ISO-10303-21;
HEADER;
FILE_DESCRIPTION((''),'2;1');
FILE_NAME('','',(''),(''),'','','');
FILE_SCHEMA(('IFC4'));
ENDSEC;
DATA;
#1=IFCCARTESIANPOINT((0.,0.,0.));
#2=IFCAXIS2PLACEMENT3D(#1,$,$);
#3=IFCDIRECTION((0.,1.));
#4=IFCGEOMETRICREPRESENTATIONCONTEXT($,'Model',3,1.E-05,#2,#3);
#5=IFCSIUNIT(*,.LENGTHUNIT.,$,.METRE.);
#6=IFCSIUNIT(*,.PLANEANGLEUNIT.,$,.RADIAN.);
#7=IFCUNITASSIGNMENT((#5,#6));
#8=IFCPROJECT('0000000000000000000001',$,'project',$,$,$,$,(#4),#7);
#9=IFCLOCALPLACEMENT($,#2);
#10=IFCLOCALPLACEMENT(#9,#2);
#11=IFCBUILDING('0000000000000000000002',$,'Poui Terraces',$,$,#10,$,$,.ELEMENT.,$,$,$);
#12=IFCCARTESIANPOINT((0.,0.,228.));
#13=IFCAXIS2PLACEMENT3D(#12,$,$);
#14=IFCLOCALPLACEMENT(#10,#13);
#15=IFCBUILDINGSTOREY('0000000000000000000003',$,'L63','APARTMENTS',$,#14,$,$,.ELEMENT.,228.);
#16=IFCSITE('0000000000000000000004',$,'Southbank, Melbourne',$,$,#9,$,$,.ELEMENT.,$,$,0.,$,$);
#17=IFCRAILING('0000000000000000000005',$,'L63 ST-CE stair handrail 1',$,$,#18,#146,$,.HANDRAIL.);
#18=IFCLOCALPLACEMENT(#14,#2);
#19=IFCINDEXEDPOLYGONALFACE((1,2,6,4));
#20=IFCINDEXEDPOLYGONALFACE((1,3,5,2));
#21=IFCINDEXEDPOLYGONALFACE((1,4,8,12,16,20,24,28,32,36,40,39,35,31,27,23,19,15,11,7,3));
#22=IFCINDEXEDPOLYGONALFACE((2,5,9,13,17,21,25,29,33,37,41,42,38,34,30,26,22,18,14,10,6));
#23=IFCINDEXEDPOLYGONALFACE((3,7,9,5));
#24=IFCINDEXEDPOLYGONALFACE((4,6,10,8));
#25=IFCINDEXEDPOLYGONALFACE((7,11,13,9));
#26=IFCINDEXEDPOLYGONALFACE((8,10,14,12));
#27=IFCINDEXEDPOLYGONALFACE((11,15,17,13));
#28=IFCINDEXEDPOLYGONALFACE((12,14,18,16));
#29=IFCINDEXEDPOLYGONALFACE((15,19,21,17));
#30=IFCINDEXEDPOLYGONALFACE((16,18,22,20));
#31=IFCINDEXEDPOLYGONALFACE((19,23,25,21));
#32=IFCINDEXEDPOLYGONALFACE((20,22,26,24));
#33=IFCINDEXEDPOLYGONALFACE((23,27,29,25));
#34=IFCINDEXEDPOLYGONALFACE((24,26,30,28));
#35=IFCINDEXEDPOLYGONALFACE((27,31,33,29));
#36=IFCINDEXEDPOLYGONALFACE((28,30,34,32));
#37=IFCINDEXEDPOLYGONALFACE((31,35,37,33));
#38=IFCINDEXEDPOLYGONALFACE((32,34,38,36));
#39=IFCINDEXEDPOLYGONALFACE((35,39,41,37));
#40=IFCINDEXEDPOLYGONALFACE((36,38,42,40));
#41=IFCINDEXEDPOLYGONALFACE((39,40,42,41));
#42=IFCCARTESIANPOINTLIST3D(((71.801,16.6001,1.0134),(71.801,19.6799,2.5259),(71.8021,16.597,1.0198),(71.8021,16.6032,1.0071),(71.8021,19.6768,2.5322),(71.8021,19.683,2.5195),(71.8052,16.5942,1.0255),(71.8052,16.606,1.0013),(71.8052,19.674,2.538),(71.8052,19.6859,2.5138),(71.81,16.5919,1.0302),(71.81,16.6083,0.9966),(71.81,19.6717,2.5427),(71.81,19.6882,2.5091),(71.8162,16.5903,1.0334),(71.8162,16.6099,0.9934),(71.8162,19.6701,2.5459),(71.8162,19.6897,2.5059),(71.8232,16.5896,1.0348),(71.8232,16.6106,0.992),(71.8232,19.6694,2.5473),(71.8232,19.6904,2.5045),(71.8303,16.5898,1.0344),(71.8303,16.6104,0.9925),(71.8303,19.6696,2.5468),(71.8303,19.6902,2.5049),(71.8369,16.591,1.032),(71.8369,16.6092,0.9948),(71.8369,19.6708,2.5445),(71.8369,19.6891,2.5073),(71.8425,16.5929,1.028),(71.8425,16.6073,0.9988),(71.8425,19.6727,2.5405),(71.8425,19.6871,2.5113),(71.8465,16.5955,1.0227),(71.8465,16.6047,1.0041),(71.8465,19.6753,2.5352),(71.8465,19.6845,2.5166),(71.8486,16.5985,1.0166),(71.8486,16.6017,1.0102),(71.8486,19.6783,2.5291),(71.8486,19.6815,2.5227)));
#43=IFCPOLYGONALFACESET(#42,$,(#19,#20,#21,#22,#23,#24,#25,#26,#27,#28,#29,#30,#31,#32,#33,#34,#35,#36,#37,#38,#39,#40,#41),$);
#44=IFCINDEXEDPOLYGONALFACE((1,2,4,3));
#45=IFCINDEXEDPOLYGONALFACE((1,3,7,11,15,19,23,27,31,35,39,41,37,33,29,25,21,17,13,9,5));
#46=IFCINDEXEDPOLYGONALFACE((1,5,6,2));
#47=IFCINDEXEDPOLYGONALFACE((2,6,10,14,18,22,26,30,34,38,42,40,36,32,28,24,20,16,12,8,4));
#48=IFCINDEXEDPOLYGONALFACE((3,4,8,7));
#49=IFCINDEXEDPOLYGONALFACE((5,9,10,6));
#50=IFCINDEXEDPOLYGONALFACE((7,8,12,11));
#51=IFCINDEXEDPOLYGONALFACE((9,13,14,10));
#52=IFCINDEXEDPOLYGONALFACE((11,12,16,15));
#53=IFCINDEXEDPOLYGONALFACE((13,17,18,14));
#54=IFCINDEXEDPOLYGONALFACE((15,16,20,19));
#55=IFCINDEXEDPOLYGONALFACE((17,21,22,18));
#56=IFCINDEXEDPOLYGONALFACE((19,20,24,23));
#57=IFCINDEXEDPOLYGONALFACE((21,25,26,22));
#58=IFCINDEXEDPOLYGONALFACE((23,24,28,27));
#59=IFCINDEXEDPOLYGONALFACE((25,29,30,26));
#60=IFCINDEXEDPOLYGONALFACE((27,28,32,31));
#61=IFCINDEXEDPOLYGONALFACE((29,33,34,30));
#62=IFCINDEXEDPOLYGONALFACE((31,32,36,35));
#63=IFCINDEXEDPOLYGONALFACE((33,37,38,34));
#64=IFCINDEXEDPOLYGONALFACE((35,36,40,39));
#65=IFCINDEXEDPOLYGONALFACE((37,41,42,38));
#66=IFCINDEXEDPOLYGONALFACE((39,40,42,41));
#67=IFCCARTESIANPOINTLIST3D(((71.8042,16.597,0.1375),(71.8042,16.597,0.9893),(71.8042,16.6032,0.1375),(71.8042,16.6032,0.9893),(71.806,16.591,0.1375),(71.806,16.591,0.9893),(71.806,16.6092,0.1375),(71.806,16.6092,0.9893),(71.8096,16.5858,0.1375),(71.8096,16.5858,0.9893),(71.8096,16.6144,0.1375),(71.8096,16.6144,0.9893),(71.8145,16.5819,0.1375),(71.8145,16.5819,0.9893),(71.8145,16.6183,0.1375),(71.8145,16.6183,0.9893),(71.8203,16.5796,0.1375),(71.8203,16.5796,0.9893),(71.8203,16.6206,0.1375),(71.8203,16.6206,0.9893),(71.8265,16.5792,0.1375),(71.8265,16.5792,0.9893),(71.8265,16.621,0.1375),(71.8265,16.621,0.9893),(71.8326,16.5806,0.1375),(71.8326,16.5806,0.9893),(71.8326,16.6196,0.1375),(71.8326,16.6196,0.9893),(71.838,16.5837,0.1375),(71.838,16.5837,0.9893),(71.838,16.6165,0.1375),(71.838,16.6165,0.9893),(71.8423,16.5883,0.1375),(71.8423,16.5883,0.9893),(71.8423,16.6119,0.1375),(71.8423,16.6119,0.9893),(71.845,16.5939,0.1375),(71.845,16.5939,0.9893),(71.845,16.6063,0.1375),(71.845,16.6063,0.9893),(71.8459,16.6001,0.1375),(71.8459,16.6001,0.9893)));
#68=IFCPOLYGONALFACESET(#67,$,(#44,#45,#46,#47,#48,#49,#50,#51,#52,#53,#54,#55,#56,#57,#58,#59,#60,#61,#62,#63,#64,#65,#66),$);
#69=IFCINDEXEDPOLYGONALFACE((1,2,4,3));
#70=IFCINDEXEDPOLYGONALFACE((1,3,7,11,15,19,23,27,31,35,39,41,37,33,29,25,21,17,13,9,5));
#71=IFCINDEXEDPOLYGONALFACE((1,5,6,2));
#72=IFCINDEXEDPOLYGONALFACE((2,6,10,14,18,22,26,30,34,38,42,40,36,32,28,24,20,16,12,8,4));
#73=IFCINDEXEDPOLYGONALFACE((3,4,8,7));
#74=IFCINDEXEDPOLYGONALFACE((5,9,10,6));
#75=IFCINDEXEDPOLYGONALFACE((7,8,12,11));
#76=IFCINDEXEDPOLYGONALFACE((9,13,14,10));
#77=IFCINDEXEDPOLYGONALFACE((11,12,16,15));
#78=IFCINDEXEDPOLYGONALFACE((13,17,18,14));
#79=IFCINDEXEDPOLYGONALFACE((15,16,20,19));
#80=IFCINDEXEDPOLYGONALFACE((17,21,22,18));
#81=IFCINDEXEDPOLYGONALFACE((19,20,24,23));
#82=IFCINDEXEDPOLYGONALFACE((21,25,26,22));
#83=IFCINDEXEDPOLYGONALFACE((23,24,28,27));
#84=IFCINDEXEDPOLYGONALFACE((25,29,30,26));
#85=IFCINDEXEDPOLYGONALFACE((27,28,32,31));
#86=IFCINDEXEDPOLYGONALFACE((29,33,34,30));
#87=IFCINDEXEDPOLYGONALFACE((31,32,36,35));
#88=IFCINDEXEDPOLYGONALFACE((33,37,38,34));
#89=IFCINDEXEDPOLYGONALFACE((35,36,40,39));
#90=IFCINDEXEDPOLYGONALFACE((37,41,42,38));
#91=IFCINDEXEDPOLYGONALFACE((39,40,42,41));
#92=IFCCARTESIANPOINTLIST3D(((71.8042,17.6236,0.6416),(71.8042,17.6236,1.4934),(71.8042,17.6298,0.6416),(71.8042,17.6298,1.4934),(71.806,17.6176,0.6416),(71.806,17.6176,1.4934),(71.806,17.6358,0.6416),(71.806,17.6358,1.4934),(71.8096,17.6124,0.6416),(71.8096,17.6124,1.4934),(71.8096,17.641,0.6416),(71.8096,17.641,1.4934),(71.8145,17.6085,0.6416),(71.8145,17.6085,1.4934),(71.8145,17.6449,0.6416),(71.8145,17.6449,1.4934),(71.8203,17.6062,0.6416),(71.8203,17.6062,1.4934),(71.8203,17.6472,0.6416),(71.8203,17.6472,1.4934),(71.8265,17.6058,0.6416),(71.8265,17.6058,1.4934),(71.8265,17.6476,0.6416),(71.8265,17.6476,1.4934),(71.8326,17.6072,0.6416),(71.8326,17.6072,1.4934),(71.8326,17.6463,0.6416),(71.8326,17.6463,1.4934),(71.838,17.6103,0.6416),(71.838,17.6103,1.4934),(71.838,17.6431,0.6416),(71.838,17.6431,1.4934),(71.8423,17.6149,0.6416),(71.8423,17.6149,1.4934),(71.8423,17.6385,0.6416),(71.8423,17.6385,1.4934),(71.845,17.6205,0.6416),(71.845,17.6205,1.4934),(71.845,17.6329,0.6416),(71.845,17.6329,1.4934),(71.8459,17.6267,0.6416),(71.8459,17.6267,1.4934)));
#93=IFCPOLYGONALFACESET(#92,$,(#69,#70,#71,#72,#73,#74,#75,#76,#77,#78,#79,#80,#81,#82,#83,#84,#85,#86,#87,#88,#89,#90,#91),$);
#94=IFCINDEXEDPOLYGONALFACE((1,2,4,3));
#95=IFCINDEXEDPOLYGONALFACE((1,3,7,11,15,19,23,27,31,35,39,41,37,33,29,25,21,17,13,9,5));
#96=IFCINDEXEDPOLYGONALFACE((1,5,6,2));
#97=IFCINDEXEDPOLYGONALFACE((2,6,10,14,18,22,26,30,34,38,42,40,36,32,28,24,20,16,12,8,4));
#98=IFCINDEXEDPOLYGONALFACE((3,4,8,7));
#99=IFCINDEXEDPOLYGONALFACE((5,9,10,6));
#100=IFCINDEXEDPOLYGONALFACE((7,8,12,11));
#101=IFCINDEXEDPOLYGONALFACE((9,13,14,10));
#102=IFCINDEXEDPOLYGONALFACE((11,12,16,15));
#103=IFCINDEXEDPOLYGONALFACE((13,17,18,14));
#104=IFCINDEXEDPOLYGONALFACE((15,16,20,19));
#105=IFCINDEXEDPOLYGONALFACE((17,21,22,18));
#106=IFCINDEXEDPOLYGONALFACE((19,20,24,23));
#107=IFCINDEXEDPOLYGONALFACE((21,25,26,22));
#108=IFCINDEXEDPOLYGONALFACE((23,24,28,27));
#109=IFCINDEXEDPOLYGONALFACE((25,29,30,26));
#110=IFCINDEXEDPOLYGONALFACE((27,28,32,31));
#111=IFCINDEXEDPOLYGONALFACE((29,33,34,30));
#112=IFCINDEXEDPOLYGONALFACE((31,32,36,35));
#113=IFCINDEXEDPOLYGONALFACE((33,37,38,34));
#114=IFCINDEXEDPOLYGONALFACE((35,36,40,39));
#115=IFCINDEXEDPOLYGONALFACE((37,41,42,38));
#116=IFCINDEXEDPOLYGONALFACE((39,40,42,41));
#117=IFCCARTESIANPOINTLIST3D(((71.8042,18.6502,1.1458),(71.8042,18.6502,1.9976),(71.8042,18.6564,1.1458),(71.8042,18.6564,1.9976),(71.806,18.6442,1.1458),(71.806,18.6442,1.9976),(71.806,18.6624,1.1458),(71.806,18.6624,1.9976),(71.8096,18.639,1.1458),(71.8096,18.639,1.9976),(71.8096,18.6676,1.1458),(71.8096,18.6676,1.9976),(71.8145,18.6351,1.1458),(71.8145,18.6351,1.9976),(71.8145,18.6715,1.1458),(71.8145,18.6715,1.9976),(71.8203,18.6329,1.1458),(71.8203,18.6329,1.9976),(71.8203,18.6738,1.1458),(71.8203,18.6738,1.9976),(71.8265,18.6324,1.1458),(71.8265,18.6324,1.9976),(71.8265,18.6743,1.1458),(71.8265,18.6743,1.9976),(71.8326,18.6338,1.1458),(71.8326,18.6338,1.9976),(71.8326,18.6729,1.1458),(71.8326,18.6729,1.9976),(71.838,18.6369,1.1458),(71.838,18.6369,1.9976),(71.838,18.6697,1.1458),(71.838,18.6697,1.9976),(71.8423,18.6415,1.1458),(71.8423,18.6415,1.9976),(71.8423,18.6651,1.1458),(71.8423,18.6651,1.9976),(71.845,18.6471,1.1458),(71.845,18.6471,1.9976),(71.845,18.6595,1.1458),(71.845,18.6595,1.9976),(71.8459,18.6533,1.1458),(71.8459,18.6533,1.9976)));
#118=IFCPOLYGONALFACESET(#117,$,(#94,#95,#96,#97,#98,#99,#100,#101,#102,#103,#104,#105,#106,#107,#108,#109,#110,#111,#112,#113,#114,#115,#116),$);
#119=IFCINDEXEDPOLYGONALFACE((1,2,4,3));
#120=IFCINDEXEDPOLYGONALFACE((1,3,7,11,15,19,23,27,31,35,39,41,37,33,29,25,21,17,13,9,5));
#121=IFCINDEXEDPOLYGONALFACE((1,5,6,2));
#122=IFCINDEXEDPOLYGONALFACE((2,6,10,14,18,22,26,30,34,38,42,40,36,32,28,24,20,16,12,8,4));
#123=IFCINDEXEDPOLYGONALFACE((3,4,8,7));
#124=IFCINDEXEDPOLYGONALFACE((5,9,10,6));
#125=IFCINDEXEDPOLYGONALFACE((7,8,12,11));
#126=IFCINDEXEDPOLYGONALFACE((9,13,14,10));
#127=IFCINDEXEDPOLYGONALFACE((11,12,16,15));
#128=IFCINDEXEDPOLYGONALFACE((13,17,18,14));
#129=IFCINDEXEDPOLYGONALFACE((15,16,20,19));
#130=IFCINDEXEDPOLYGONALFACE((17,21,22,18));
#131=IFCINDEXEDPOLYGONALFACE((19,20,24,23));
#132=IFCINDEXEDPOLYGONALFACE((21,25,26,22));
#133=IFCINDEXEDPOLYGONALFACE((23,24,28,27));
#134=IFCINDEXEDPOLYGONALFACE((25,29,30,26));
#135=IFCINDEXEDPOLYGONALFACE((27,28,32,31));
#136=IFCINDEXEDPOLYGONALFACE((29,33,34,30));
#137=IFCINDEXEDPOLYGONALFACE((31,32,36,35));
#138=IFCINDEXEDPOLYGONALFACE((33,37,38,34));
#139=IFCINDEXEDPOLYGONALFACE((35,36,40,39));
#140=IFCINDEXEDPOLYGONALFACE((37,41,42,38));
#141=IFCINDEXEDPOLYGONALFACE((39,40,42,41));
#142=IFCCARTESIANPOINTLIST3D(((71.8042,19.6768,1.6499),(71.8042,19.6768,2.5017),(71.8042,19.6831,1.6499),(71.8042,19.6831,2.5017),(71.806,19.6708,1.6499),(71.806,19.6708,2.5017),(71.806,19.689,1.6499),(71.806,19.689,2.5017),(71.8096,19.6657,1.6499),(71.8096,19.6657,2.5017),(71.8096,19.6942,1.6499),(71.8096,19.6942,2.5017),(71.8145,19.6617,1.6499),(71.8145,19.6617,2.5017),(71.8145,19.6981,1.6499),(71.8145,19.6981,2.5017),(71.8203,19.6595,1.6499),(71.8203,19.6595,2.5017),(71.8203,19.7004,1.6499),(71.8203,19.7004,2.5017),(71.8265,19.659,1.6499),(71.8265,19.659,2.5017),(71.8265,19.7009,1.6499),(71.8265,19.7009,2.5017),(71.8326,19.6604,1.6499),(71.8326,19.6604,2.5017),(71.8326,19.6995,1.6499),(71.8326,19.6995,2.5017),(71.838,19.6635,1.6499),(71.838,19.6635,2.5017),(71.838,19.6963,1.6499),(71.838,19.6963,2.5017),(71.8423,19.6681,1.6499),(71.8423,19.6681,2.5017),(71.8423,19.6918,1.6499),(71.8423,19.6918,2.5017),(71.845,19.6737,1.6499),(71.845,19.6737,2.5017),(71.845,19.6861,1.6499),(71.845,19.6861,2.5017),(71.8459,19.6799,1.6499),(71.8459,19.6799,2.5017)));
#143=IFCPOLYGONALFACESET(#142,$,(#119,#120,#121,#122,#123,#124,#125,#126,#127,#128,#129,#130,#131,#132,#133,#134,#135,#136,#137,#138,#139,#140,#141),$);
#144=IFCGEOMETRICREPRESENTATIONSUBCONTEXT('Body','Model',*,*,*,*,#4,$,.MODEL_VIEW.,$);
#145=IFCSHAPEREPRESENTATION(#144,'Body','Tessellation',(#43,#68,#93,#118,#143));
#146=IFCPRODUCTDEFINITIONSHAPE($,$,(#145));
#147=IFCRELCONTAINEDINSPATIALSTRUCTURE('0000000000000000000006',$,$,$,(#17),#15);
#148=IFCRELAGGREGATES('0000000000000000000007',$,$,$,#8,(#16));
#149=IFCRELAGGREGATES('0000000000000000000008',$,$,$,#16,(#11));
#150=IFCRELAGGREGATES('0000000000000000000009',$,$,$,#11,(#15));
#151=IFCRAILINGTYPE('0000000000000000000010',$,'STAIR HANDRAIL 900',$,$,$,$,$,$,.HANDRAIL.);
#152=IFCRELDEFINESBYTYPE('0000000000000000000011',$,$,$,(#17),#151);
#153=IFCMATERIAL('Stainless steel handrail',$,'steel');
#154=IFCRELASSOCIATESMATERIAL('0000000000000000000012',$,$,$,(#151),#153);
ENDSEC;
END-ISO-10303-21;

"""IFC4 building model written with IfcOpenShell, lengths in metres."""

from ifc_helpers import new_model, si_unit, direction, frame, origin, origin_2d, place, context, subcontext, project, spatial, circle, extrude, material, type_object, element, save


model = new_model("IFC4")

# Units and contexts
model_context = context("Model", 3, precision=1e-05, world=origin(), true_north=direction((0.0, 1.0)))
body_context = subcontext(model_context, "Body", "Model", "MODEL_VIEW")
ifc_project = project(units=[si_unit("LENGTHUNIT", "METRE"), si_unit("PLANEANGLEUNIT", "RADIAN")], contexts=[model_context])

# Site, building, storey
site_placement = place(None, origin())
site = spatial("IfcSite", under=ifc_project, at=site_placement, Name="Southbank, Melbourne", CompositionType="ELEMENT", RefElevation=0.0)
building_placement = place(site_placement, origin())
building = spatial("IfcBuilding", under=site, at=building_placement, Name="Poui Terraces", CompositionType="ELEMENT")
storey_placement = place(building_placement, frame((0.0, 0.0, 228.0)))
storey = spatial("IfcBuildingStorey", under=building, at=storey_placement, Name="L63", Description="APARTMENTS", CompositionType="ELEMENT", Elevation=228.0)

# Railing
ifc_material_1 = material(Name="Stainless steel handrail", Category="steel")
railing_type_1 = type_object("IfcRailingType", Name="STAIR HANDRAIL 900", PredefinedType="HANDRAIL", material=ifc_material_1)
for number, where, name in (
    (1, (71.825, 16.6001, 0.1375), "L63 ST-CE stair handrail 1"),
):
    element("IfcRailing", number, at=place(storey_placement, frame(where)), inside=storey, type_object=railing_type_1, Name=name, PredefinedType="HANDRAIL", context=body_context, shape_type="SweptSolid", body=[
        extrude(circle(Radius=0.0239, at=origin_2d()), frame((0.0, 0.0, 0.876), z_axis=(0.0, 0.897606, 0.440798), x_axis=(-1.0, 0.0, 0.0)), (0.0, 0.0, 1.0), 3.4312),
        extrude(circle(Radius=0.021, at=origin_2d()), origin(), (0.0, 0.0, 1.0), 0.8518),
        extrude(circle(Radius=0.021, at=origin_2d()), frame((0.0, 1.0266, 0.5042)), (0.0, 0.0, 1.0), 0.8518),
        extrude(circle(Radius=0.021, at=origin_2d()), frame((0.0, 2.0532, 1.0083)), (0.0, 0.0, 1.0), 0.8518),
        extrude(circle(Radius=0.021, at=origin_2d()), frame((0.0, 3.0798, 1.5125)), (0.0, 0.0, 1.0), 0.8518),
    ])

save(model, "model.ifc")
